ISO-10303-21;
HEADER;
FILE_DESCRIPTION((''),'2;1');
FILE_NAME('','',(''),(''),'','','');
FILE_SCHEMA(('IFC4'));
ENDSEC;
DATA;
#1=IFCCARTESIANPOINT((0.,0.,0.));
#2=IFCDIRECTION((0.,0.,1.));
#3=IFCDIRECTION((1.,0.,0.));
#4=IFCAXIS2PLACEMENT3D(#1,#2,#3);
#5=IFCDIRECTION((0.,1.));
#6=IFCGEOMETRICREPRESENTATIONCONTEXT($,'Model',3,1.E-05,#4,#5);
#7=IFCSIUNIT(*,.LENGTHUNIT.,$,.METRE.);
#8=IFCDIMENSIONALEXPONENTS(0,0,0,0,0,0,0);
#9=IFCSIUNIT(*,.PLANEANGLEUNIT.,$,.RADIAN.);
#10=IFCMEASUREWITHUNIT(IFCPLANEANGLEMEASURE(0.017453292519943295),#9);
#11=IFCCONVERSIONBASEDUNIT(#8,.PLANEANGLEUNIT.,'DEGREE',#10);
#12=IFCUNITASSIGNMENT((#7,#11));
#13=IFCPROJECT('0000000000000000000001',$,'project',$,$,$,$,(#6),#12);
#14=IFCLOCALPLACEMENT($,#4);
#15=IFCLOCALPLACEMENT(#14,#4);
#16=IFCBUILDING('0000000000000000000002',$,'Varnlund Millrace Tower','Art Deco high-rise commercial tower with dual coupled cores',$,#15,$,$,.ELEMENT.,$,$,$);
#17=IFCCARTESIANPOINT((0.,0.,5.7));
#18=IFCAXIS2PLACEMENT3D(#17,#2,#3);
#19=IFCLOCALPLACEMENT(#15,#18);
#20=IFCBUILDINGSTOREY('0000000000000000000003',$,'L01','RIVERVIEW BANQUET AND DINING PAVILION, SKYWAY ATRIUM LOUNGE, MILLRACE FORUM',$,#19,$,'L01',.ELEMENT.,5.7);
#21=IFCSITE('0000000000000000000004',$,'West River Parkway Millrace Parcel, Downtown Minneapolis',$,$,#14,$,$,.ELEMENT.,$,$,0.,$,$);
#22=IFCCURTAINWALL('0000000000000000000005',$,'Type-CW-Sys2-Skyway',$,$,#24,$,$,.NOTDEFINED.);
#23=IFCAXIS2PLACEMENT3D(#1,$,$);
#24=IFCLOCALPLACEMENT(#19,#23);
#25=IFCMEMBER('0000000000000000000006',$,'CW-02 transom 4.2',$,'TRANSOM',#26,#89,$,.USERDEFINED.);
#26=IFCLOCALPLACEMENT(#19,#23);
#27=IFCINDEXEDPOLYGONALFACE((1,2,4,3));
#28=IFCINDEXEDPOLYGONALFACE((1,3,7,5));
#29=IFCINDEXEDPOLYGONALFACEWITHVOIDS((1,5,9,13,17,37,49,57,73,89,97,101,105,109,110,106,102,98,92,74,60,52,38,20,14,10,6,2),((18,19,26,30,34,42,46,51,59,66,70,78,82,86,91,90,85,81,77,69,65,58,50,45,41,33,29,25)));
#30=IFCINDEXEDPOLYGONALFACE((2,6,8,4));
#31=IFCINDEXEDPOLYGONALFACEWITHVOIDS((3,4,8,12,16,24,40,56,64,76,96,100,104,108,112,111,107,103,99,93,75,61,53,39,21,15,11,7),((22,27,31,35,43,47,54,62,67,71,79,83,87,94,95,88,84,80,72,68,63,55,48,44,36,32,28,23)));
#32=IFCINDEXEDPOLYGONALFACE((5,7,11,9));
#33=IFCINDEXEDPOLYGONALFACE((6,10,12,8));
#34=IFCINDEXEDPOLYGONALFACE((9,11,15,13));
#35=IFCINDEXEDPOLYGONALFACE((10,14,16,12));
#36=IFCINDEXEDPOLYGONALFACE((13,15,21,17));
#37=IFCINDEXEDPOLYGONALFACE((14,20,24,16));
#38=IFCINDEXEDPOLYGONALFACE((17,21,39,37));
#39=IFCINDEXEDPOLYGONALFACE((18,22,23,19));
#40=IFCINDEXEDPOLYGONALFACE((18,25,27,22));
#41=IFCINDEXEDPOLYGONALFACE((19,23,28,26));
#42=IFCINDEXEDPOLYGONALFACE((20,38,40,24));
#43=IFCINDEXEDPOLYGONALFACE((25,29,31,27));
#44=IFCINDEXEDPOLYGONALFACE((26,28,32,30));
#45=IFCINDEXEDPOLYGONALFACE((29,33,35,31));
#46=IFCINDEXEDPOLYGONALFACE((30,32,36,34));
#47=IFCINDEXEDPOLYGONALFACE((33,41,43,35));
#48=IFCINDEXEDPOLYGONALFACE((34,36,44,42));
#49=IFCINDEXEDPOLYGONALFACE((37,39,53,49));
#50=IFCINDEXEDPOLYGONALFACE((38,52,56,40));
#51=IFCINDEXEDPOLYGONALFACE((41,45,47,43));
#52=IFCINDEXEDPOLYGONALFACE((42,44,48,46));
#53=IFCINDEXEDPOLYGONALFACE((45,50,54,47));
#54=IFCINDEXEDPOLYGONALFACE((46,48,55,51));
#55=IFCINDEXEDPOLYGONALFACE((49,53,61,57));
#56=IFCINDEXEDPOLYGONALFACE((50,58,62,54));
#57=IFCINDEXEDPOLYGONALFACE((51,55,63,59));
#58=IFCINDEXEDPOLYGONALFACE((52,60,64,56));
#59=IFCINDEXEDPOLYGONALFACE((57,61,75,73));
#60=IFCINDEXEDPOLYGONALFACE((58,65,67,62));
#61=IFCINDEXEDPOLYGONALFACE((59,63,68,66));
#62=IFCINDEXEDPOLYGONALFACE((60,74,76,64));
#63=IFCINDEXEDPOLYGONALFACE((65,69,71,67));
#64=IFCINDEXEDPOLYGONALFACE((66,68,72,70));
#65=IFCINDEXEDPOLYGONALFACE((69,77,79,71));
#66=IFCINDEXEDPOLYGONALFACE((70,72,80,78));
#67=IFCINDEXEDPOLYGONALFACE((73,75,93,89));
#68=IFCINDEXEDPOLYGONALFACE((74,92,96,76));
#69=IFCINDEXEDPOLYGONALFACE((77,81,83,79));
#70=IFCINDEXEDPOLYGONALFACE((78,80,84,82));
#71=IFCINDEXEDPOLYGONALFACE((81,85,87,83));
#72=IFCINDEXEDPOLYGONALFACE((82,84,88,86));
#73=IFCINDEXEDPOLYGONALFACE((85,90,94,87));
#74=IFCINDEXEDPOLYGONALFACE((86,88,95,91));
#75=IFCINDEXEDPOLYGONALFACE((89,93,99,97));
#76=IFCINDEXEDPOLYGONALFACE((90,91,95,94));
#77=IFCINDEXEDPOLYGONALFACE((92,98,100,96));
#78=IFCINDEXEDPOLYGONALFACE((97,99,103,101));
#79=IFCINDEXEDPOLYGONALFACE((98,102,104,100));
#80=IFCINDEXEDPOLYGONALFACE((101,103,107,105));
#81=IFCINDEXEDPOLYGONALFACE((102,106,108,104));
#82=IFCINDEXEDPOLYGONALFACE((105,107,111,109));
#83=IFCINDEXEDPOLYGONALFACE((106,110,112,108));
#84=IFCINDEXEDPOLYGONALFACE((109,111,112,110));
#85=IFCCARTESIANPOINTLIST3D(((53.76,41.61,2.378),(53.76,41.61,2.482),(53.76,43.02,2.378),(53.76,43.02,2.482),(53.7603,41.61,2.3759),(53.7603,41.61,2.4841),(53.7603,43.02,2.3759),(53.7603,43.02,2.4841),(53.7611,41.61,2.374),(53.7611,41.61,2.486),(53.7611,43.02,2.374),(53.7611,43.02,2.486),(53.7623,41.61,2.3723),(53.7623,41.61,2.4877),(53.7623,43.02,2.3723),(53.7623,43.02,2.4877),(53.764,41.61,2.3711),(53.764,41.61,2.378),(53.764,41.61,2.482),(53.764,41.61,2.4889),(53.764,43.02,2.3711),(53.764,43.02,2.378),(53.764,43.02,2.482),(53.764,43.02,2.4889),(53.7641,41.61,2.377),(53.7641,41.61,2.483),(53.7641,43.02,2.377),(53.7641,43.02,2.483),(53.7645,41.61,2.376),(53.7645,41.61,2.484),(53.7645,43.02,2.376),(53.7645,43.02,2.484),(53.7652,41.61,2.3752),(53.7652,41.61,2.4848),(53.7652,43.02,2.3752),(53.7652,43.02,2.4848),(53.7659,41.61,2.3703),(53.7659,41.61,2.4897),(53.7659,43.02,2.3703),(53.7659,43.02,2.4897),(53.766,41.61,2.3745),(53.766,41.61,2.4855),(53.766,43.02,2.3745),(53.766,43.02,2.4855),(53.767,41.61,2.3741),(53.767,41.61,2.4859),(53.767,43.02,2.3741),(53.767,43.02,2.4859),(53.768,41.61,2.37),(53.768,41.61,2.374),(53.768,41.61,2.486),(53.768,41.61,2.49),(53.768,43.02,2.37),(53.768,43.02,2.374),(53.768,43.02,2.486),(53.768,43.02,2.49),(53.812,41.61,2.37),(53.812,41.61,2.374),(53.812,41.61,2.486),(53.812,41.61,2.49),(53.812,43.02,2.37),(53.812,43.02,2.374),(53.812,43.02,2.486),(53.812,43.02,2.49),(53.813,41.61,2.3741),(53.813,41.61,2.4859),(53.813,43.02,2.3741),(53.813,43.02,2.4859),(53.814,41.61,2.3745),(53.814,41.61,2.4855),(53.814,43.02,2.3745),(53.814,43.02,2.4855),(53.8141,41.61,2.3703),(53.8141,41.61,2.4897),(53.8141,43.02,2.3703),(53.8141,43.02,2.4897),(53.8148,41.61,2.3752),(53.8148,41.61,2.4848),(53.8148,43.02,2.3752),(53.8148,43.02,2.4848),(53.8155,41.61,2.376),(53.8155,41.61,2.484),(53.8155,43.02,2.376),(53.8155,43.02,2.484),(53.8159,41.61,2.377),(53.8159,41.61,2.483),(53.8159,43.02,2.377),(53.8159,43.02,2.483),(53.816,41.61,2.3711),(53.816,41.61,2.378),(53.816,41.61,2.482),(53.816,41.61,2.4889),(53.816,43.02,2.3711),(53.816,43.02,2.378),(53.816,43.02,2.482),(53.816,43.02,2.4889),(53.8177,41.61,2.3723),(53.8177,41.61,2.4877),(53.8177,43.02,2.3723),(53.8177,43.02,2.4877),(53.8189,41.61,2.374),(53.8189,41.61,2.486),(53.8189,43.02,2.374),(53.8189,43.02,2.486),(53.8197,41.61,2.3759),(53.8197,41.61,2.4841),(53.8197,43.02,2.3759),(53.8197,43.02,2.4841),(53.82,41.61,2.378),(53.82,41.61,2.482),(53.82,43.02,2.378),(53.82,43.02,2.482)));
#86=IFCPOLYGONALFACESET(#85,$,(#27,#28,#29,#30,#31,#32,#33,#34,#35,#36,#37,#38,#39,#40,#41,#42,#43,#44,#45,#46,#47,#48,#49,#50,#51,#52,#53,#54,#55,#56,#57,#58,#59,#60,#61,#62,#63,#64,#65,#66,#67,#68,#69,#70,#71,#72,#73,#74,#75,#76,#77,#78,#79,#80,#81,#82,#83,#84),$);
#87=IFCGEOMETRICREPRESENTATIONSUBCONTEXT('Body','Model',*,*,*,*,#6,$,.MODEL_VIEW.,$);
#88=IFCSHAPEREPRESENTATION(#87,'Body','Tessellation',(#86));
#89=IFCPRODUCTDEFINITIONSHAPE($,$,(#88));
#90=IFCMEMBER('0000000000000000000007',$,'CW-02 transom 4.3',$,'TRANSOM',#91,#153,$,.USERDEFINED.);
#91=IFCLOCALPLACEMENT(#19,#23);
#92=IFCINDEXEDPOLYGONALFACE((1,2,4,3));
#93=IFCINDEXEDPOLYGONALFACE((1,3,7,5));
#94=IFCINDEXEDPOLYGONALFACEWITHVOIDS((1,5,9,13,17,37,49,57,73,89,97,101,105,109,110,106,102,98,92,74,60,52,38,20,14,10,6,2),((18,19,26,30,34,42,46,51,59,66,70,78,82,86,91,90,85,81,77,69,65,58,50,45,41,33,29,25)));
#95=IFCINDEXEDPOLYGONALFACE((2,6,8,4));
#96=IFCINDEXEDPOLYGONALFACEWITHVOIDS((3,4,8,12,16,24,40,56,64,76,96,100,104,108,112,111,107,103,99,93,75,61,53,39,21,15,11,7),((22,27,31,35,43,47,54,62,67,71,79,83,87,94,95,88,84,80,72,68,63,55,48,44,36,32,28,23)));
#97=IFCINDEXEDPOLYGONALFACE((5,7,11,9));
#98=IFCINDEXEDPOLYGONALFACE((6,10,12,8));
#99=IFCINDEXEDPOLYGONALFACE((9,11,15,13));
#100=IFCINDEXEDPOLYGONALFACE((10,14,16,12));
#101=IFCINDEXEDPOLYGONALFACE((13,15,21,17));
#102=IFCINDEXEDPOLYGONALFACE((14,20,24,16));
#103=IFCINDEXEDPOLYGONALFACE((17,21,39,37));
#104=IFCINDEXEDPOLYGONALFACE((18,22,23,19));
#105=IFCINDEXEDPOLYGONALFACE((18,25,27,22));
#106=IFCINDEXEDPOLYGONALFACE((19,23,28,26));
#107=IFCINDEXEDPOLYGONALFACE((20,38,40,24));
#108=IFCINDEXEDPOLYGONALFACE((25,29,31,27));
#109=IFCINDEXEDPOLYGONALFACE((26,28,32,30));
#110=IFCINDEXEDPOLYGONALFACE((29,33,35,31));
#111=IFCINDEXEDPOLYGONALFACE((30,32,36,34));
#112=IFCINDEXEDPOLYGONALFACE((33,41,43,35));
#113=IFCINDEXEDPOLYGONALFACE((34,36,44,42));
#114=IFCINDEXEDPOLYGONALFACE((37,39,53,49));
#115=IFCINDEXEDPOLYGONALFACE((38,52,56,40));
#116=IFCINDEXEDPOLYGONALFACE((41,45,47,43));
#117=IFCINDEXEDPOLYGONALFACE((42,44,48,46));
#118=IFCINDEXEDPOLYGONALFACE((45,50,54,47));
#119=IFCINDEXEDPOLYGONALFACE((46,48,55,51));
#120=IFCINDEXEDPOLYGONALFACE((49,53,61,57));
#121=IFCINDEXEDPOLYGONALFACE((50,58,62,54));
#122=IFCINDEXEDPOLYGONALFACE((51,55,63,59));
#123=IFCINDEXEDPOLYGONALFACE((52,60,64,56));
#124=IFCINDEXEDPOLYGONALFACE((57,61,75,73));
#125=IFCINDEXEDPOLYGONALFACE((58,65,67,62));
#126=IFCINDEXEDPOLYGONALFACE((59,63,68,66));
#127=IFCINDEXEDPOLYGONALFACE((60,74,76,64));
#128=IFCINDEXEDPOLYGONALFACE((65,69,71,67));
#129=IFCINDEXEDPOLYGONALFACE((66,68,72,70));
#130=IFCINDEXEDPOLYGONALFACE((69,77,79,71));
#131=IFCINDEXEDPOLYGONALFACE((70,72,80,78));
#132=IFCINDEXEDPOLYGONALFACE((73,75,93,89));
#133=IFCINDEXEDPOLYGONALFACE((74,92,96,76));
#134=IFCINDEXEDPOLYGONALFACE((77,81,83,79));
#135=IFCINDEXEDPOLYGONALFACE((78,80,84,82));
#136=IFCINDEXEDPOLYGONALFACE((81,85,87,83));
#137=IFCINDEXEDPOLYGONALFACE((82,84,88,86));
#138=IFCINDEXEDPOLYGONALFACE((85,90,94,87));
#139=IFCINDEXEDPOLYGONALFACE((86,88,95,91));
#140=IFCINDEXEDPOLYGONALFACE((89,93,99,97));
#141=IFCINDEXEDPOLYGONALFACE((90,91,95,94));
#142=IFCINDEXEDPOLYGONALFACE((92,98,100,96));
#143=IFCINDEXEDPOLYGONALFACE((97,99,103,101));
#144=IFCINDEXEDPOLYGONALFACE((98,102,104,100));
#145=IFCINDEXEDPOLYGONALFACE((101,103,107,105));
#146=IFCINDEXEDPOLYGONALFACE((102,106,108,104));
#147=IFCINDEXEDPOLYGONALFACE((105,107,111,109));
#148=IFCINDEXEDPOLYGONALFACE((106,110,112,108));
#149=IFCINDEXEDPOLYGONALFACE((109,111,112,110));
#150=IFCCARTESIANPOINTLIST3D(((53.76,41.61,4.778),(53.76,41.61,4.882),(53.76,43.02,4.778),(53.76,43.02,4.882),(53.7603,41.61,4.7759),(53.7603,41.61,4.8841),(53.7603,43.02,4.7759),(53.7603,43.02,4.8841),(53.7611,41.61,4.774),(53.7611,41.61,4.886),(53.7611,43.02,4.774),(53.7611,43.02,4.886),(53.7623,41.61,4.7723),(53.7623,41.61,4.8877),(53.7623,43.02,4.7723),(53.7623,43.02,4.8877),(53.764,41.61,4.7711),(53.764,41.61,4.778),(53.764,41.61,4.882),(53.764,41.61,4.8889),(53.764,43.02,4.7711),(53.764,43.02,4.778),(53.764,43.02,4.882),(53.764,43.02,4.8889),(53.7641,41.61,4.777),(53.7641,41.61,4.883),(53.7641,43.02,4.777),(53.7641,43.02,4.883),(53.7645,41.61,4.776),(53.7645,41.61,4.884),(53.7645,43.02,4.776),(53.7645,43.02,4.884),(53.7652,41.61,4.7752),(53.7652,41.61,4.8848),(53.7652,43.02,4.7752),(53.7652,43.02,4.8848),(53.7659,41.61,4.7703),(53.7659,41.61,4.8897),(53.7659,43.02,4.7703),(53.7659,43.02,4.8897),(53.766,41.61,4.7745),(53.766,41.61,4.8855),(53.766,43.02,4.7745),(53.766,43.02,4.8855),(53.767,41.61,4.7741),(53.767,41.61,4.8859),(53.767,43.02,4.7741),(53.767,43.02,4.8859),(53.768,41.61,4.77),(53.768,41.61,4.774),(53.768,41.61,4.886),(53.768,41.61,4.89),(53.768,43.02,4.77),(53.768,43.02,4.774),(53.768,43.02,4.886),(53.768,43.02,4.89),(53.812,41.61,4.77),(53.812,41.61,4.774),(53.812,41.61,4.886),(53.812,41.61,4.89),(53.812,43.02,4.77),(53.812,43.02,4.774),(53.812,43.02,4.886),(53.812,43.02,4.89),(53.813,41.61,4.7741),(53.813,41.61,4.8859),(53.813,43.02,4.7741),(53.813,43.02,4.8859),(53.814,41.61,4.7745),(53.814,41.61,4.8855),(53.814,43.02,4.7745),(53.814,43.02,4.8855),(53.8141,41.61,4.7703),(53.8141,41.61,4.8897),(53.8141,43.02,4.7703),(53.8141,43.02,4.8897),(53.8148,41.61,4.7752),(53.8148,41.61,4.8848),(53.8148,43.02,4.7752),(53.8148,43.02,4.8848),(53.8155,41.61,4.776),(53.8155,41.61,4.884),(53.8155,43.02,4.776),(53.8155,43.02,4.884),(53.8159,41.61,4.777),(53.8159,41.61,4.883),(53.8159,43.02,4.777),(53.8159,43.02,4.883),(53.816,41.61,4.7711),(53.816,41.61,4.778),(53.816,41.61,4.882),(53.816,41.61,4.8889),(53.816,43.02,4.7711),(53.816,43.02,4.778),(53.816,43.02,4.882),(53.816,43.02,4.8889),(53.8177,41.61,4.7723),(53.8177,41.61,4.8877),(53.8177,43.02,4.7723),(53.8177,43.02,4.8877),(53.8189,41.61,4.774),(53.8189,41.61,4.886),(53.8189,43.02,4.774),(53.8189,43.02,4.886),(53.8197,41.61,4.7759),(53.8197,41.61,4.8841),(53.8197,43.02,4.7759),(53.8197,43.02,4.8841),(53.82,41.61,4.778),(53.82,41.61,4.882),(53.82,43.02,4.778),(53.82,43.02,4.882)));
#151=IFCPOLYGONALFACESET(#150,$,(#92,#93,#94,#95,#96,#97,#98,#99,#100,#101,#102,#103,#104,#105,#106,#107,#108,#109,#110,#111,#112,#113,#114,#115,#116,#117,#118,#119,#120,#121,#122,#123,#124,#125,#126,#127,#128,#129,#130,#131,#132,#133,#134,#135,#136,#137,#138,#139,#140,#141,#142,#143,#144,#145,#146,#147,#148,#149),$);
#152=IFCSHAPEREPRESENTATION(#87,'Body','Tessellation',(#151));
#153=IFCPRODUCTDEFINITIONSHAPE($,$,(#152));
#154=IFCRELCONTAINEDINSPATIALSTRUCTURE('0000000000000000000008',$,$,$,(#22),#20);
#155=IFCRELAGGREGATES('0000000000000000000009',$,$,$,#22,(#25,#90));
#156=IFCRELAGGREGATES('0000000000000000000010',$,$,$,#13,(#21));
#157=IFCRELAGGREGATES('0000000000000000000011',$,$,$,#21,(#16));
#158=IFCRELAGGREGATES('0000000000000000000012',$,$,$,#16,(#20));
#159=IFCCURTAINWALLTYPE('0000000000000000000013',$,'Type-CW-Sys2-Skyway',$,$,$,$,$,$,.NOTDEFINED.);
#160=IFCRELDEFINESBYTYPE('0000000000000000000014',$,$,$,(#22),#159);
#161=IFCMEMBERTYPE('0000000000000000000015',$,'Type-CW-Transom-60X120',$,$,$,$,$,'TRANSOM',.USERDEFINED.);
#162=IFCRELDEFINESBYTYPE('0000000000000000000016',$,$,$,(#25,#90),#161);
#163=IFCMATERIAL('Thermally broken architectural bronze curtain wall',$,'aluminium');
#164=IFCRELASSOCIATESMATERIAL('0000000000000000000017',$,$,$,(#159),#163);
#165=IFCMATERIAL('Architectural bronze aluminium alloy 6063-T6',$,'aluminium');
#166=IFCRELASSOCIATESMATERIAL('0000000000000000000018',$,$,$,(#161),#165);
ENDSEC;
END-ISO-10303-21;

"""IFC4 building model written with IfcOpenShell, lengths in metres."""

from ifc_helpers import new_model, entity, si_unit, converted_unit, direction, frame, origin_with_axes, origin_2d_with_axis, place, context, subcontext, project, spatial, hollow_rectangle, extrude, material, material_profile, profile_set, type_object, element, aggregate, save


model = new_model("IFC4")

# Units and contexts
model_context = context("Model", 3, precision=1e-05, world=origin_with_axes(), true_north=direction((0.0, 1.0)))
body_context = subcontext(model_context, "Body", "Model", "MODEL_VIEW")
ifc_project = project(units=[si_unit("LENGTHUNIT", "METRE"), converted_unit("PLANEANGLEUNIT", "DEGREE", entity("IfcPlaneAngleMeasure", 0.017453292519943295), si_unit("PLANEANGLEUNIT", "RADIAN"), dimensions=[0, 0, 0, 0, 0, 0, 0])], contexts=[model_context])

# Site, building, storey
site_placement = place(None, origin_with_axes())
site = spatial("IfcSite", under=ifc_project, at=site_placement, Name="West River Parkway Millrace Parcel, Downtown Minneapolis", CompositionType="ELEMENT", RefElevation=0.0)
building_placement = place(site_placement, origin_with_axes())
building = spatial("IfcBuilding", under=site, at=building_placement, Name="Varnlund Millrace Tower", Description="Art Deco high-rise commercial tower with dual coupled cores", CompositionType="ELEMENT")
storey_placement = place(building_placement, frame((0.0, 0.0, 5.7), z_axis=(0.0, 0.0, 1.0), x_axis=(1.0, 0.0, 0.0)))
storey = spatial("IfcBuildingStorey", under=building, at=storey_placement, Name="L01", Description="RIVERVIEW BANQUET AND DINING PAVILION, SKYWAY ATRIUM LOUNGE, MILLRACE FORUM", LongName="L01", CompositionType="ELEMENT", Elevation=5.7)

# Curtain wall
ifc_material_1 = material(Name="Thermally broken architectural bronze curtain wall", Category="aluminium")
curtain_wall_type = type_object("IfcCurtainWallType", Name="Type-CW-Sys2-Skyway", PredefinedType="NOTDEFINED", material=ifc_material_1)
curtain_wall_1_placement = place(storey_placement, frame((53.79, 47.55, 0.0), z_axis=(0.0, 0.0, 1.0), x_axis=(1.0, 0.0, 0.0)))
curtain_wall_1 = element("IfcCurtainWall", 1, at=curtain_wall_1_placement, inside=storey, type_object=curtain_wall_type, Name="Type-CW-Sys2-Skyway", PredefinedType="NOTDEFINED")
ifc_material_2 = material(Name="Architectural bronze aluminium alloy 6063-T6", Category="aluminium")

# Members
ifc_material_profile_1 = material_profile(ifc_material_2, hollow_rectangle(XDim=0.06, YDim=0.12, WallThickness=0.004, InnerFilletRadius=0.004, OuterFilletRadius=0.008, at=origin_2d_with_axis()), Name="Architectural bronze aluminium alloy 6063-T6")
ifc_profile_set_1 = profile_set([ifc_material_profile_1], Name="Architectural bronze aluminium alloy 6063-T6")
member_type_1 = type_object("IfcMemberType", Name="Type-CW-Transom-60X120", ElementType="TRANSOM", PredefinedType="USERDEFINED", material=ifc_profile_set_1)
member_1_placement = place(storey_placement, frame((53.79, 43.02, 2.43), z_axis=(0.0, -1.0, 0.0), x_axis=(1.0, 0.0, 0.0)))
member_1 = element("IfcMember", 2, at=member_1_placement, type_object=member_type_1, Name="CW-02 transom 4.2", ObjectType="TRANSOM", PredefinedType="USERDEFINED", context=body_context, shape_type="SweptSolid", body=[
    extrude(hollow_rectangle(XDim=0.06, YDim=0.12, WallThickness=0.004, InnerFilletRadius=0.004, OuterFilletRadius=0.008, at=origin_2d_with_axis()), origin_with_axes(), (0.0, 0.0, 1.0), 1.41),
])
member_2_placement = place(storey_placement, frame((53.79, 43.02, 4.83), z_axis=(0.0, -1.0, 0.0), x_axis=(1.0, 0.0, 0.0)))
member_2 = element("IfcMember", 3, at=member_2_placement, type_object=member_type_1, Name="CW-02 transom 4.3", ObjectType="TRANSOM", PredefinedType="USERDEFINED", context=body_context, shape_type="SweptSolid", body=[
    extrude(hollow_rectangle(XDim=0.06, YDim=0.12, WallThickness=0.004, InnerFilletRadius=0.004, OuterFilletRadius=0.008, at=origin_2d_with_axis()), origin_with_axes(), (0.0, 0.0, 1.0), 1.41),
])

aggregate(curtain_wall_1, [member_1, member_2])

save(model, "model.ifc")
